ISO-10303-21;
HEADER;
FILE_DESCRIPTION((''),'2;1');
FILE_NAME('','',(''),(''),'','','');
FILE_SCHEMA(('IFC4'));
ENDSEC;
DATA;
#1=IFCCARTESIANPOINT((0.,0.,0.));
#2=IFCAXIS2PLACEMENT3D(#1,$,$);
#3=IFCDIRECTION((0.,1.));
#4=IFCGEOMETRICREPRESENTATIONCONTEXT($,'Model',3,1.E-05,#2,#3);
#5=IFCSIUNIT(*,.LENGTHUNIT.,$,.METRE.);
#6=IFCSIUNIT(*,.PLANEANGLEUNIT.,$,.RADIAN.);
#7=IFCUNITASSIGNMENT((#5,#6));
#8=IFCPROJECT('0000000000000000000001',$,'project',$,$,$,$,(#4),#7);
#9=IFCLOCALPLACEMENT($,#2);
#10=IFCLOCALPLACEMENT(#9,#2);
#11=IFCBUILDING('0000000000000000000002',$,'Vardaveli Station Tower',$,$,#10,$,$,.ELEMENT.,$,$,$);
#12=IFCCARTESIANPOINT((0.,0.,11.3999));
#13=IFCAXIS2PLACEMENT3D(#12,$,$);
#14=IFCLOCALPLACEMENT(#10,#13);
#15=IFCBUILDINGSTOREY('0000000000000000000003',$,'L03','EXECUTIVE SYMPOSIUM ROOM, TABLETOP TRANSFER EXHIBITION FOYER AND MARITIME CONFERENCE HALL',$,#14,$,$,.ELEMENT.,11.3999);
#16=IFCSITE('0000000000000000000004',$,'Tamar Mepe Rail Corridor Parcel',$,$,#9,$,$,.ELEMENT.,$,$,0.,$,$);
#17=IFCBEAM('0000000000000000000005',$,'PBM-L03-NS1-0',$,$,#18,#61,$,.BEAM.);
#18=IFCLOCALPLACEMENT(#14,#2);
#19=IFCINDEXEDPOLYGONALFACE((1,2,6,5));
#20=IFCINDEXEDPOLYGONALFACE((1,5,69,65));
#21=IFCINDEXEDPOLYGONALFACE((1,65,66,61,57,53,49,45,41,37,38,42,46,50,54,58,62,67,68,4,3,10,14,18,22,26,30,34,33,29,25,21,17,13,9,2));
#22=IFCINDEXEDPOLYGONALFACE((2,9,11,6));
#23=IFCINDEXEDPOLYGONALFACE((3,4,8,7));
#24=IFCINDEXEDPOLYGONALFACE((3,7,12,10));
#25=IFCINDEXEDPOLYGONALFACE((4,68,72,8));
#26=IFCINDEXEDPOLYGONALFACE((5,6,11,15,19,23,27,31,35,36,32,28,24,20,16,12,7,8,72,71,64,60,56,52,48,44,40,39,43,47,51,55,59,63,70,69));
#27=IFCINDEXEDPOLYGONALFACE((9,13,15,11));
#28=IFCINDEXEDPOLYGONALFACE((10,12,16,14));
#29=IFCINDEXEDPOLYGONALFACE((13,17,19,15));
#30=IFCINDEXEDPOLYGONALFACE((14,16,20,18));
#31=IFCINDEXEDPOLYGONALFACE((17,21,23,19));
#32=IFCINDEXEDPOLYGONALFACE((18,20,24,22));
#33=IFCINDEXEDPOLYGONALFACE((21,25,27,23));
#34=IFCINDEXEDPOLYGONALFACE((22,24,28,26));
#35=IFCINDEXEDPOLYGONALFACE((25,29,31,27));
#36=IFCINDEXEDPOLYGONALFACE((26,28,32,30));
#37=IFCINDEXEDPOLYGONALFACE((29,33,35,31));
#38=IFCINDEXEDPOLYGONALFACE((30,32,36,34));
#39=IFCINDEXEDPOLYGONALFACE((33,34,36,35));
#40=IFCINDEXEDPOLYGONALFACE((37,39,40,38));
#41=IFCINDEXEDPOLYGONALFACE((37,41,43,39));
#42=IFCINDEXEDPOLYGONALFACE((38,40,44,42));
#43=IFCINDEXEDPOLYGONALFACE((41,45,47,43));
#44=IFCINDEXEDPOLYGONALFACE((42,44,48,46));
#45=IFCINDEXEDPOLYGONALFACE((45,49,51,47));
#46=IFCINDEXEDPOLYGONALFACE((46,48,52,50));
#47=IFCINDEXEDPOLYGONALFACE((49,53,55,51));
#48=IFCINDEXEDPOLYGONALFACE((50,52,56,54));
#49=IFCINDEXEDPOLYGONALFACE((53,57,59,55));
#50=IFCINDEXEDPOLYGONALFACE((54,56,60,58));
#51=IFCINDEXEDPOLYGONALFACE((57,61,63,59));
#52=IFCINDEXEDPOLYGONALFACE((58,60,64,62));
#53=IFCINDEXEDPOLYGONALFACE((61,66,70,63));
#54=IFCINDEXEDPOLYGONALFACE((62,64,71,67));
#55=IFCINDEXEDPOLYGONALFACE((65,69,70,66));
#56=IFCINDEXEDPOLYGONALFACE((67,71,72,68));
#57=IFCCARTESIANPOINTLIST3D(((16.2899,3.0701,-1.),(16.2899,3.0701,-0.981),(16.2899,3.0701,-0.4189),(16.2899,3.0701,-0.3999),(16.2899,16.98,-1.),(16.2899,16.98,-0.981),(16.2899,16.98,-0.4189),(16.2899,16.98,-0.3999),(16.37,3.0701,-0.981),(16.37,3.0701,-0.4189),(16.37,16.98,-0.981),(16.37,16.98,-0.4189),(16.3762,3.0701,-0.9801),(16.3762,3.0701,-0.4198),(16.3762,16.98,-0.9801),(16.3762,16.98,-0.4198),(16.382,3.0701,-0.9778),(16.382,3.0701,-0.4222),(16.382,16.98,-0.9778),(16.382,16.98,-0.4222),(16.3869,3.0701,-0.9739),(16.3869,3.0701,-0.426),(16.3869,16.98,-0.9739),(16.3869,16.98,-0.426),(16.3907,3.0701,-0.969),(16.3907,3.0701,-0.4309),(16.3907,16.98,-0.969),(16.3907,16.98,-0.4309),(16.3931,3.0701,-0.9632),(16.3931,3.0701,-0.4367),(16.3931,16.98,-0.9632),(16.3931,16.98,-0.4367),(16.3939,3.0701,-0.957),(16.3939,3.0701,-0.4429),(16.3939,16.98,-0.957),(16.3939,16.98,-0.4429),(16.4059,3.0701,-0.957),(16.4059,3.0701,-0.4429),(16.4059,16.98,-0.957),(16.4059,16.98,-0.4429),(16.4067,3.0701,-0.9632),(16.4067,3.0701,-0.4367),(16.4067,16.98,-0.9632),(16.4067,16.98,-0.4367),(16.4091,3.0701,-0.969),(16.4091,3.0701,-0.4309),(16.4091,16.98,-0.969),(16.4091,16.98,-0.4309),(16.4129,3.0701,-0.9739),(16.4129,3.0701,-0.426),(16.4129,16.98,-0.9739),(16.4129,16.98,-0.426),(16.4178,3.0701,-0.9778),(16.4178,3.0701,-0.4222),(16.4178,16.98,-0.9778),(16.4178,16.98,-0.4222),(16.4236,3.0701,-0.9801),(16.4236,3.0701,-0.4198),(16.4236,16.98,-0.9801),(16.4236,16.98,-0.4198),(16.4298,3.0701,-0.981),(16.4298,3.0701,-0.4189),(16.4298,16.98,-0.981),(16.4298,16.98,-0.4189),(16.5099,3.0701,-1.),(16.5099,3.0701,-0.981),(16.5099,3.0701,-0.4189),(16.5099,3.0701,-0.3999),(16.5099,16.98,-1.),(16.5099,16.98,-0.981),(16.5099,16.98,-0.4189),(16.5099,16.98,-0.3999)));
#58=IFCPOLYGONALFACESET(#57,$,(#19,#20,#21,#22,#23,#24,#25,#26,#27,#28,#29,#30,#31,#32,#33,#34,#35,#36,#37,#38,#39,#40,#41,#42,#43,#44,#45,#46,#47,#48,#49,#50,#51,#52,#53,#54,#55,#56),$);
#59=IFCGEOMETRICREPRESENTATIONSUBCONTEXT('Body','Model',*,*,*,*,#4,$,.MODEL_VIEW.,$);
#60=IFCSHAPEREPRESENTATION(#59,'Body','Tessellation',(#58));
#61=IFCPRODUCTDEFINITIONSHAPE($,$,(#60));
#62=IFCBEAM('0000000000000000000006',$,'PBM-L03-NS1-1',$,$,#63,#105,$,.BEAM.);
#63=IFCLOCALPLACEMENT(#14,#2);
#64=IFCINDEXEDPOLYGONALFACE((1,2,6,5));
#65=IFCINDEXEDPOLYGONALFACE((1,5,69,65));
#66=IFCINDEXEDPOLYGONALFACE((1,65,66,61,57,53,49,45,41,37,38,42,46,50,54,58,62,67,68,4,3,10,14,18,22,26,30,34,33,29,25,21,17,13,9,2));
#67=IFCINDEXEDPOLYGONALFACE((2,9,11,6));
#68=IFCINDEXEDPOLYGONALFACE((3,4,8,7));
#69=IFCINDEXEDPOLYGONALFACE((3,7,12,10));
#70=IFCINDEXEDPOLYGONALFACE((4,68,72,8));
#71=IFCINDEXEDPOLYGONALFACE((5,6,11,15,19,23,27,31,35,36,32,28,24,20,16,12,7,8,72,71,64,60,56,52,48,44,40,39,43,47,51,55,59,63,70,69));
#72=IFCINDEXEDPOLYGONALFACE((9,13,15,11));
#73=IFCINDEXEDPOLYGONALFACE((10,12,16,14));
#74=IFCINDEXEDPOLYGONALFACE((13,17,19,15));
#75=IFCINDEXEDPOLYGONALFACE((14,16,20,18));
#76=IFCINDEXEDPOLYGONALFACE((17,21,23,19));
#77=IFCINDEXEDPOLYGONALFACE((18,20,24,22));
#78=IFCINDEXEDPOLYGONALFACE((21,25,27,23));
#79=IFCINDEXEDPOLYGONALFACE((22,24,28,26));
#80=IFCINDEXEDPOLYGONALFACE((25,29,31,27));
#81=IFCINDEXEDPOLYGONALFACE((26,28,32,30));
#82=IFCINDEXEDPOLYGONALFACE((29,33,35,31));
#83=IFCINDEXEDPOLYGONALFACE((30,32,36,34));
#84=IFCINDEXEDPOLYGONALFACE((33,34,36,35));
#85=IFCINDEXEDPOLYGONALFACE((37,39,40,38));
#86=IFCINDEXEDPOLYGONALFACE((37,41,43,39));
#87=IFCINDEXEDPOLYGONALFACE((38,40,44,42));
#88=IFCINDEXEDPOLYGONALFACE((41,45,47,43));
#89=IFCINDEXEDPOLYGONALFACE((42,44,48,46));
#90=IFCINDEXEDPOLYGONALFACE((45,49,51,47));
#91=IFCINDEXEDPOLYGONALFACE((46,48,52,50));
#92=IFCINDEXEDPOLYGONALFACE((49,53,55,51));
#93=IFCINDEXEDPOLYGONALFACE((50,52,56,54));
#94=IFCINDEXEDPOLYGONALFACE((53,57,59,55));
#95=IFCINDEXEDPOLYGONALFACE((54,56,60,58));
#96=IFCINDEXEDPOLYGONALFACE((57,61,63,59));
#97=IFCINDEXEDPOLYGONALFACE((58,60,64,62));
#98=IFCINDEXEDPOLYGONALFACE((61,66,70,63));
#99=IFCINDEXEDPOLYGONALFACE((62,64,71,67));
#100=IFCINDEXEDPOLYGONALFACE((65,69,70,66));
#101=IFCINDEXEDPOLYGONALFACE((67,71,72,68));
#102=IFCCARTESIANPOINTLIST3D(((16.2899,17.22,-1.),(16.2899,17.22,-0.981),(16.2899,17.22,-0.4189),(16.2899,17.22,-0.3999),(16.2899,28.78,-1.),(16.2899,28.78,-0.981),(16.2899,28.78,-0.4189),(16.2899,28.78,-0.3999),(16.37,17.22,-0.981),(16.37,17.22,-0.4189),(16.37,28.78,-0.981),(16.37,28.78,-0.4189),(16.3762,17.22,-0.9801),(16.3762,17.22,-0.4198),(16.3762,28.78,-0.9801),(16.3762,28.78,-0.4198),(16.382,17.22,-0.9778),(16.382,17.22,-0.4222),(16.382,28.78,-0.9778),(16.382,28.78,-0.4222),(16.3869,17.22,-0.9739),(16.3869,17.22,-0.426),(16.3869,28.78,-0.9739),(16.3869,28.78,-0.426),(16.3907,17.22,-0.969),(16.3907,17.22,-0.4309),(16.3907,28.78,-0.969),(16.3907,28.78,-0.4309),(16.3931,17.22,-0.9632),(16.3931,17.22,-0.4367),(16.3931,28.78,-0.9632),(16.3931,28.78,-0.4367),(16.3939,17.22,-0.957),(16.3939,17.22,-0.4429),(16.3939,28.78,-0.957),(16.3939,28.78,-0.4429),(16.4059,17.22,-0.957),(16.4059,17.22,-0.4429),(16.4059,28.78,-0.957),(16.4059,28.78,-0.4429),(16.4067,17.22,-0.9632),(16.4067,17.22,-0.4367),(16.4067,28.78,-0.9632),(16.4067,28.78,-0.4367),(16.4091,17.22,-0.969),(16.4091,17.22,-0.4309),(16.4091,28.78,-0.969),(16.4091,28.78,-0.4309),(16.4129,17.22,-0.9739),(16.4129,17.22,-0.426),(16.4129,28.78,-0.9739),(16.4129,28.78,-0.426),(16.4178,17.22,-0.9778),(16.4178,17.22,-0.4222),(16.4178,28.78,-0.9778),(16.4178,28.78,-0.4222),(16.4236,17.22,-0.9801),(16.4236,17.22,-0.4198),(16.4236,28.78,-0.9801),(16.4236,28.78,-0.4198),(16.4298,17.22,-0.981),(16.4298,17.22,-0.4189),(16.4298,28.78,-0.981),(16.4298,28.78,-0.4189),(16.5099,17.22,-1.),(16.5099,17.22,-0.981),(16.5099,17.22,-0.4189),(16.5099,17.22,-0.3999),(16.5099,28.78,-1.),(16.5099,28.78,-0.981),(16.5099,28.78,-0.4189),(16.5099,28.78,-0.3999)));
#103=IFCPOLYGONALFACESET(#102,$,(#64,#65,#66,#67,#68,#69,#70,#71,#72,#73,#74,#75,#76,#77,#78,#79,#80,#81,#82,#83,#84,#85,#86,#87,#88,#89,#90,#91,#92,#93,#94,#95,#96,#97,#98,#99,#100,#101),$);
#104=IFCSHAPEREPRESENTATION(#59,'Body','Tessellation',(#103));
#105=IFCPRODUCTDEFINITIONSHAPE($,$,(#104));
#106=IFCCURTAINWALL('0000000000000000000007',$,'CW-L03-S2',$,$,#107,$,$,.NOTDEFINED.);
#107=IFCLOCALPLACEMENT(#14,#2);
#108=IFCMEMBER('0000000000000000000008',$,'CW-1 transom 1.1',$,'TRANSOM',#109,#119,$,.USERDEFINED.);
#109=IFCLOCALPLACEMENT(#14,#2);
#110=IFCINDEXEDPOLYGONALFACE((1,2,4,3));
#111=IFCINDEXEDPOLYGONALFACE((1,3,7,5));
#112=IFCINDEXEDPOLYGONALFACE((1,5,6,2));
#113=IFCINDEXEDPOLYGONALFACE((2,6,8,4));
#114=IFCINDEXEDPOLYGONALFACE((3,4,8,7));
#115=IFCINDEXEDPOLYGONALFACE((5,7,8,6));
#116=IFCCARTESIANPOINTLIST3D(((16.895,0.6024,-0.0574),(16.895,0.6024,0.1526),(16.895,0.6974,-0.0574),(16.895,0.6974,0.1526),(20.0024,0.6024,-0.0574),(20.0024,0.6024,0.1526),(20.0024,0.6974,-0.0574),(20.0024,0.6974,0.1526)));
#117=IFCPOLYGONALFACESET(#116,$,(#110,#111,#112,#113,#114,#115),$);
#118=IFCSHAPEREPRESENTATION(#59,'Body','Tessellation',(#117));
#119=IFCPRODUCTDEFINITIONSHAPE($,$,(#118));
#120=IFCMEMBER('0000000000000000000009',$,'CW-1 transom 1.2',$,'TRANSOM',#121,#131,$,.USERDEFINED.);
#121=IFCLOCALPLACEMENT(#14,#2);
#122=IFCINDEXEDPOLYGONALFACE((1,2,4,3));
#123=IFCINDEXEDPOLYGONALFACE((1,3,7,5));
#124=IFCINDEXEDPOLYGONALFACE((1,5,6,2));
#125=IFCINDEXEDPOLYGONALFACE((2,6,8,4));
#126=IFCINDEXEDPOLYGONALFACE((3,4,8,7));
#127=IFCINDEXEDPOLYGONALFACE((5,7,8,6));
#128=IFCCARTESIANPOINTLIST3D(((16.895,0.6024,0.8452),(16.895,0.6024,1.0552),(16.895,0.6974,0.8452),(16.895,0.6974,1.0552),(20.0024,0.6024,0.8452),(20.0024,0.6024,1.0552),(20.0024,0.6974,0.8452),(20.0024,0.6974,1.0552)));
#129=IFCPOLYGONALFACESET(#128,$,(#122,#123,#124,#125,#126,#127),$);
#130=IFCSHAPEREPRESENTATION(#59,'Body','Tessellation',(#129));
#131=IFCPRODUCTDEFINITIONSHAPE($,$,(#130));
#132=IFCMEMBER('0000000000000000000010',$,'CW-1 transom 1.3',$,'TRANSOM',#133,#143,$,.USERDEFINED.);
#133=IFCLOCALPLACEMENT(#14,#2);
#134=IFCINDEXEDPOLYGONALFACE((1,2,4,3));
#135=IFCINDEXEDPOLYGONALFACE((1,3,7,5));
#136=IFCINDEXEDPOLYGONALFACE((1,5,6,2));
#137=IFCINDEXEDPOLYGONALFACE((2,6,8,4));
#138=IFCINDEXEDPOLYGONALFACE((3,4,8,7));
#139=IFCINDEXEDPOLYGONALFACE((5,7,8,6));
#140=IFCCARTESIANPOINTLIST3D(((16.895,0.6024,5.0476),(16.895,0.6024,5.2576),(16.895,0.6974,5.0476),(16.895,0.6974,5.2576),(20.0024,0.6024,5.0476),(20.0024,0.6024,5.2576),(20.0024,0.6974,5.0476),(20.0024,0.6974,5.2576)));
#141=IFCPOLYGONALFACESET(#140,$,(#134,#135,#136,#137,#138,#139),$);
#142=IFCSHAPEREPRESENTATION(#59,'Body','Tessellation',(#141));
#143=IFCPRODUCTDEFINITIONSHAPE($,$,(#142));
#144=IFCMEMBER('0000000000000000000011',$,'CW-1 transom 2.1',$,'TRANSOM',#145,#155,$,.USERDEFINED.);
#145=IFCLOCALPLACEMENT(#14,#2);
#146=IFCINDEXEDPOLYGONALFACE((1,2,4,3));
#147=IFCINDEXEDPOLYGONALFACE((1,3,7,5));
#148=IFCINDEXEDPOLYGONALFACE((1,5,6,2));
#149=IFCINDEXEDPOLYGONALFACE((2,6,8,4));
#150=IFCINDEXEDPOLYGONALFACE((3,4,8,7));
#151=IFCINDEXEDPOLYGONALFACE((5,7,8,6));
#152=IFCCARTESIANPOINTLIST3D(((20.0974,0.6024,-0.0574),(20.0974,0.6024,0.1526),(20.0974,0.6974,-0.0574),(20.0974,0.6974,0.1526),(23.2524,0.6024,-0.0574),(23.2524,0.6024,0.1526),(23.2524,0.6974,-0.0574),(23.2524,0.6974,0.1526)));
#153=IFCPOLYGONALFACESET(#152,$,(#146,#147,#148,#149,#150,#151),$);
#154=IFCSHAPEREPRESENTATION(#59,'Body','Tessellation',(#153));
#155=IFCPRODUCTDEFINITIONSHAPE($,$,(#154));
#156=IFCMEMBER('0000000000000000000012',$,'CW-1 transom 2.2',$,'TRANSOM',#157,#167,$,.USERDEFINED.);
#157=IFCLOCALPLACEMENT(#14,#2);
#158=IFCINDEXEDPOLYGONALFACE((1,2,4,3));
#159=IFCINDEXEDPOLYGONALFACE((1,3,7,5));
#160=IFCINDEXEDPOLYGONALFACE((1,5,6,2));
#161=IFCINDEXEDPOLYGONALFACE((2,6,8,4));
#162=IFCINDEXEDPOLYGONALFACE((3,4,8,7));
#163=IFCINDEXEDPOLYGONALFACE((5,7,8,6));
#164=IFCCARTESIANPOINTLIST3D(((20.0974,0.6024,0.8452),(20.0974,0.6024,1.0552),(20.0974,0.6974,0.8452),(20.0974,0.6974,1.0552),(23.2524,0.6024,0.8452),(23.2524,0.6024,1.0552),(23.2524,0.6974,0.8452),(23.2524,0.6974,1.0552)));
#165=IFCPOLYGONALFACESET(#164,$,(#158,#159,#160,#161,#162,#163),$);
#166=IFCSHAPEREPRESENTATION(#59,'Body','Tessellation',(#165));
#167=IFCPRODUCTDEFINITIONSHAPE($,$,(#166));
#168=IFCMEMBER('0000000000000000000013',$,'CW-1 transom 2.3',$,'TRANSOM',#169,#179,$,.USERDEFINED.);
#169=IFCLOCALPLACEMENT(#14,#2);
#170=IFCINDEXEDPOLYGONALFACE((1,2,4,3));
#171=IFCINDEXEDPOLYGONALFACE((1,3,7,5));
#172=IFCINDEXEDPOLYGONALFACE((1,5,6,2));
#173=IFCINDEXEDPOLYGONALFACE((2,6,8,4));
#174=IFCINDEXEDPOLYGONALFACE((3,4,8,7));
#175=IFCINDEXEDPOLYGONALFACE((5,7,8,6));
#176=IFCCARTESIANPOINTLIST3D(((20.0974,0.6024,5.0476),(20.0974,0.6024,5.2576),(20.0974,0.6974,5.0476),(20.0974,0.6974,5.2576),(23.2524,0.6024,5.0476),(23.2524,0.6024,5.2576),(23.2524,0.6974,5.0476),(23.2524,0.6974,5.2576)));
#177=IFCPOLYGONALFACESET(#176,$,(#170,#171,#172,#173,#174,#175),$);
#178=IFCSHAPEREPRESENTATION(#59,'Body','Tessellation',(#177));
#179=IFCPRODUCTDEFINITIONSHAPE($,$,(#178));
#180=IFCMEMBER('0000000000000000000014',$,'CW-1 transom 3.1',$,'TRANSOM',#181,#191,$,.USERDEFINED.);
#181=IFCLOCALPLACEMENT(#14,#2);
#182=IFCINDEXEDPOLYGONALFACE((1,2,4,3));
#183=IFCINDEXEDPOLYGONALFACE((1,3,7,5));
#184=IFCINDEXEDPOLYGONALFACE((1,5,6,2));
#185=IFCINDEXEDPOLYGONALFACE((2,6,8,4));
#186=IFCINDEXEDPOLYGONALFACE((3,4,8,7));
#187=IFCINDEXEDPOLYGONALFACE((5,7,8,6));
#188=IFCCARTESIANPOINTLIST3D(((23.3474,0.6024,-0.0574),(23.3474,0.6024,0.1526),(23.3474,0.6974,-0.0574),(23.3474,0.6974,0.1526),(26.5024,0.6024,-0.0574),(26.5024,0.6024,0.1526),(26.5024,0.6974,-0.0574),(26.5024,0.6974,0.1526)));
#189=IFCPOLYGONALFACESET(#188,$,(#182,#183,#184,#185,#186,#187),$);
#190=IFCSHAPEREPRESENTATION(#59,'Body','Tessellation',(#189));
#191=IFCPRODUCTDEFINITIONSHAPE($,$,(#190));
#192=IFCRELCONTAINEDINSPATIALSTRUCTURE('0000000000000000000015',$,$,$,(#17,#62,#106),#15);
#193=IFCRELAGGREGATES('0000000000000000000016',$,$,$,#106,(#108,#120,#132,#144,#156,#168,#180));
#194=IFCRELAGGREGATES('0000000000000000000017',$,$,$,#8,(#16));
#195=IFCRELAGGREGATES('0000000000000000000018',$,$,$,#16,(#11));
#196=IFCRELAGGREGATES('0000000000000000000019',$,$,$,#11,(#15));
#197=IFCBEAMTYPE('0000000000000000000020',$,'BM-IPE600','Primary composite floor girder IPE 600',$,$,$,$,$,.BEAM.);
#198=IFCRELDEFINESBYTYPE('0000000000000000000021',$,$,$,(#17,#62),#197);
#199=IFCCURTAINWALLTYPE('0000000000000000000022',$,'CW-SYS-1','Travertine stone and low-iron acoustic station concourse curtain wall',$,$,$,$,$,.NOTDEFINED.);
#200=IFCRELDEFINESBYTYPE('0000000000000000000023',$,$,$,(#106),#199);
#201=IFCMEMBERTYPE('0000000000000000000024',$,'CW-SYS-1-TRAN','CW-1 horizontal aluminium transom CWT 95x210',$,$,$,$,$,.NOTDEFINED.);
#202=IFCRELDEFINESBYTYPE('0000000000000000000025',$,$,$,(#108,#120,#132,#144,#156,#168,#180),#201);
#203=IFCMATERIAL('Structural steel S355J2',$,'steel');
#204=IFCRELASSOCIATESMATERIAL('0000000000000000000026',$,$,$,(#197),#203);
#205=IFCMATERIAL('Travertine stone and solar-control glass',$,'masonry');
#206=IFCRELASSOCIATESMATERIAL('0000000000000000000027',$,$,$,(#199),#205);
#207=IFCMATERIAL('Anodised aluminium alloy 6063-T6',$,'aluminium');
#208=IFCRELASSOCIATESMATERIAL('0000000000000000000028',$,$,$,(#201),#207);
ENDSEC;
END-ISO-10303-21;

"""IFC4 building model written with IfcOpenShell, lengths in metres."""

from ifc_helpers import new_model, si_unit, direction, frame, origin, origin_2d, place, context, subcontext, project, spatial, rectangle, i_section, extrude, source, transform, mapped, material, material_profile, profile_set, type_object, element, aggregate, save


model = new_model("IFC4")

# Units and contexts
model_context = context("Model", 3, precision=1e-05, world=origin(), true_north=direction((0.0, 1.0)))
body_context = subcontext(model_context, "Body", "Model", "MODEL_VIEW")
ifc_project = project(units=[si_unit("LENGTHUNIT", "METRE"), si_unit("PLANEANGLEUNIT", "RADIAN")], contexts=[model_context])

# Site, building, storey
site_placement = place(None, origin())
site = spatial("IfcSite", under=ifc_project, at=site_placement, Name="Tamar Mepe Rail Corridor Parcel", CompositionType="ELEMENT", RefElevation=0.0)
building_placement = place(site_placement, origin())
building = spatial("IfcBuilding", under=site, at=building_placement, Name="Vardaveli Station Tower", CompositionType="ELEMENT")
storey_placement = place(building_placement, frame((0.0, 0.0, 11.3999)))
storey = spatial("IfcBuildingStorey", under=building, at=storey_placement, Name="L03", Description="EXECUTIVE SYMPOSIUM ROOM, TABLETOP TRANSFER EXHIBITION FOYER AND MARITIME CONFERENCE HALL", CompositionType="ELEMENT", Elevation=11.3999)

# Beams
ifc_material_1 = material(Name="Structural steel S355J2", Category="steel")
ifc_material_profile_1 = material_profile(ifc_material_1, i_section(OverallWidth=0.22, OverallDepth=0.6001, WebThickness=0.012, FlangeThickness=0.019, FilletRadius=0.0239, at=origin_2d()), Name="IPE 600")
ifc_profile_set_1 = profile_set([ifc_material_profile_1], Name="Structural steel S355J2")
beam_type_1 = type_object("IfcBeamType", Name="BM-IPE600", Description="Primary composite floor girder IPE 600", PredefinedType="BEAM", material=ifc_profile_set_1)
shared_shape_1 = source(origin(), body_context, "Body", "SweptSolid", [
    extrude(i_section(OverallWidth=0.22, OverallDepth=0.6001, WebThickness=0.012, FlangeThickness=0.019, FilletRadius=0.0239, at=origin_2d()), origin(), (0.0, 0.0, 1.0), 13.9099),
])
beam_1_placement = place(storey_placement, frame((16.3999, 3.0701, -0.7), z_axis=(0.0, 1.0, 0.0), x_axis=(-1.0, 0.0, 0.0)))
element("IfcBeam", 1, at=beam_1_placement, inside=storey, type_object=beam_type_1, Name="PBM-L03-NS1-0", PredefinedType="BEAM", context=body_context, shape_type="MappedRepresentation", body=[
    mapped(shared_shape_1, transform((0.0, 0.0, 0.0), scale=1.0)),
])
shared_shape_2 = source(origin(), body_context, "Body", "SweptSolid", [
    extrude(i_section(OverallWidth=0.22, OverallDepth=0.6001, WebThickness=0.012, FlangeThickness=0.019, FilletRadius=0.0239, at=origin_2d()), origin(), (0.0, 0.0, 1.0), 11.5601),
])
beam_2_placement = place(storey_placement, frame((16.3999, 17.22, -0.7), z_axis=(0.0, 1.0, 0.0), x_axis=(-1.0, 0.0, 0.0)))
element("IfcBeam", 2, at=beam_2_placement, inside=storey, type_object=beam_type_1, Name="PBM-L03-NS1-1", PredefinedType="BEAM", context=body_context, shape_type="MappedRepresentation", body=[
    mapped(shared_shape_2, transform((0.0, 0.0, 0.0), scale=1.0)),
])

# Curtain wall, members
ifc_material_2 = material(Name="Travertine stone and solar-control glass", Category="masonry")
curtain_wall_type = type_object("IfcCurtainWallType", Name="CW-SYS-1", Description="Travertine stone and low-iron acoustic station concourse curtain wall", PredefinedType="NOTDEFINED", material=ifc_material_2)
curtain_wall_placement = place(storey_placement, origin())
curtain_wall = element("IfcCurtainWall", 3, at=curtain_wall_placement, inside=storey, type_object=curtain_wall_type, Name="CW-L03-S2", PredefinedType="NOTDEFINED")
ifc_material_3 = material(Name="Anodised aluminium alloy 6063-T6", Category="aluminium")
ifc_material_profile_2 = material_profile(ifc_material_3, rectangle(XDim=0.095, YDim=0.21, at=origin_2d()), Name="CWT 95x210")
ifc_profile_set_2 = profile_set([ifc_material_profile_2], Name="Anodised aluminium alloy 6063-T6")
member_type_1 = type_object("IfcMemberType", Name="CW-SYS-1-TRAN", Description="CW-1 horizontal aluminium transom CWT 95x210", PredefinedType="NOTDEFINED", material=ifc_profile_set_2)
shared_shape_3 = source(origin(), body_context, "Body", "SweptSolid", [
    extrude(rectangle(XDim=0.095, YDim=0.21, at=origin_2d()), origin(), (0.0, 0.0, 1.0), 3.1074),
])
member_1_placement = place(storey_placement, frame((16.895, 0.6499, 0.0476), z_axis=(1.0, 0.0, 0.0), x_axis=(0.0, 1.0, 0.0)))
member_1 = element("IfcMember", 4, at=member_1_placement, type_object=member_type_1, Name="CW-1 transom 1.1", ObjectType="TRANSOM", PredefinedType="USERDEFINED", context=body_context, shape_type="MappedRepresentation", body=[
    mapped(shared_shape_3, transform((0.0, 0.0, 0.0), scale=1.0)),
])
member_2_placement = place(storey_placement, frame((16.895, 0.6499, 0.9502), z_axis=(1.0, 0.0, 0.0), x_axis=(0.0, 1.0, 0.0)))
member_2 = element("IfcMember", 5, at=member_2_placement, type_object=member_type_1, Name="CW-1 transom 1.2", ObjectType="TRANSOM", PredefinedType="USERDEFINED", context=body_context, shape_type="MappedRepresentation", body=[
    mapped(shared_shape_3, transform((0.0, 0.0, 0.0), scale=1.0)),
])
member_3_placement = place(storey_placement, frame((16.895, 0.6499, 5.1526), z_axis=(1.0, 0.0, 0.0), x_axis=(0.0, 1.0, 0.0)))
member_3 = element("IfcMember", 6, at=member_3_placement, type_object=member_type_1, Name="CW-1 transom 1.3", ObjectType="TRANSOM", PredefinedType="USERDEFINED", context=body_context, shape_type="MappedRepresentation", body=[
    mapped(shared_shape_3, transform((0.0, 0.0, 0.0), scale=1.0)),
])
shared_shape_4 = source(origin(), body_context, "Body", "SweptSolid", [
    extrude(rectangle(XDim=0.095, YDim=0.21, at=origin_2d()), origin(), (0.0, 0.0, 1.0), 3.155),
])
member_4_placement = place(storey_placement, frame((20.0974, 0.6499, 0.0476), z_axis=(1.0, 0.0, 0.0), x_axis=(0.0, 1.0, 0.0)))
member_4 = element("IfcMember", 7, at=member_4_placement, type_object=member_type_1, Name="CW-1 transom 2.1", ObjectType="TRANSOM", PredefinedType="USERDEFINED", context=body_context, shape_type="MappedRepresentation", body=[
    mapped(shared_shape_4, transform((0.0, 0.0, 0.0), scale=1.0)),
])
member_5_placement = place(storey_placement, frame((20.0974, 0.6499, 0.9502), z_axis=(1.0, 0.0, 0.0), x_axis=(0.0, 1.0, 0.0)))
member_5 = element("IfcMember", 8, at=member_5_placement, type_object=member_type_1, Name="CW-1 transom 2.2", ObjectType="TRANSOM", PredefinedType="USERDEFINED", context=body_context, shape_type="MappedRepresentation", body=[
    mapped(shared_shape_4, transform((0.0, 0.0, 0.0), scale=1.0)),
])
member_6_placement = place(storey_placement, frame((20.0974, 0.6499, 5.1526), z_axis=(1.0, 0.0, 0.0), x_axis=(0.0, 1.0, 0.0)))
member_6 = element("IfcMember", 9, at=member_6_placement, type_object=member_type_1, Name="CW-1 transom 2.3", ObjectType="TRANSOM", PredefinedType="USERDEFINED", context=body_context, shape_type="MappedRepresentation", body=[
    mapped(shared_shape_4, transform((0.0, 0.0, 0.0), scale=1.0)),
])
member_7_placement = place(storey_placement, frame((23.3474, 0.6499, 0.0476), z_axis=(1.0, 0.0, 0.0), x_axis=(0.0, 1.0, 0.0)))
member_7 = element("IfcMember", 10, at=member_7_placement, type_object=member_type_1, Name="CW-1 transom 3.1", ObjectType="TRANSOM", PredefinedType="USERDEFINED", context=body_context, shape_type="MappedRepresentation", body=[
    mapped(shared_shape_4, transform((0.0, 0.0, 0.0), scale=1.0)),
])

aggregate(curtain_wall, [member_1, member_2, member_3, member_4, member_5, member_6, member_7])

save(model, "model.ifc")
